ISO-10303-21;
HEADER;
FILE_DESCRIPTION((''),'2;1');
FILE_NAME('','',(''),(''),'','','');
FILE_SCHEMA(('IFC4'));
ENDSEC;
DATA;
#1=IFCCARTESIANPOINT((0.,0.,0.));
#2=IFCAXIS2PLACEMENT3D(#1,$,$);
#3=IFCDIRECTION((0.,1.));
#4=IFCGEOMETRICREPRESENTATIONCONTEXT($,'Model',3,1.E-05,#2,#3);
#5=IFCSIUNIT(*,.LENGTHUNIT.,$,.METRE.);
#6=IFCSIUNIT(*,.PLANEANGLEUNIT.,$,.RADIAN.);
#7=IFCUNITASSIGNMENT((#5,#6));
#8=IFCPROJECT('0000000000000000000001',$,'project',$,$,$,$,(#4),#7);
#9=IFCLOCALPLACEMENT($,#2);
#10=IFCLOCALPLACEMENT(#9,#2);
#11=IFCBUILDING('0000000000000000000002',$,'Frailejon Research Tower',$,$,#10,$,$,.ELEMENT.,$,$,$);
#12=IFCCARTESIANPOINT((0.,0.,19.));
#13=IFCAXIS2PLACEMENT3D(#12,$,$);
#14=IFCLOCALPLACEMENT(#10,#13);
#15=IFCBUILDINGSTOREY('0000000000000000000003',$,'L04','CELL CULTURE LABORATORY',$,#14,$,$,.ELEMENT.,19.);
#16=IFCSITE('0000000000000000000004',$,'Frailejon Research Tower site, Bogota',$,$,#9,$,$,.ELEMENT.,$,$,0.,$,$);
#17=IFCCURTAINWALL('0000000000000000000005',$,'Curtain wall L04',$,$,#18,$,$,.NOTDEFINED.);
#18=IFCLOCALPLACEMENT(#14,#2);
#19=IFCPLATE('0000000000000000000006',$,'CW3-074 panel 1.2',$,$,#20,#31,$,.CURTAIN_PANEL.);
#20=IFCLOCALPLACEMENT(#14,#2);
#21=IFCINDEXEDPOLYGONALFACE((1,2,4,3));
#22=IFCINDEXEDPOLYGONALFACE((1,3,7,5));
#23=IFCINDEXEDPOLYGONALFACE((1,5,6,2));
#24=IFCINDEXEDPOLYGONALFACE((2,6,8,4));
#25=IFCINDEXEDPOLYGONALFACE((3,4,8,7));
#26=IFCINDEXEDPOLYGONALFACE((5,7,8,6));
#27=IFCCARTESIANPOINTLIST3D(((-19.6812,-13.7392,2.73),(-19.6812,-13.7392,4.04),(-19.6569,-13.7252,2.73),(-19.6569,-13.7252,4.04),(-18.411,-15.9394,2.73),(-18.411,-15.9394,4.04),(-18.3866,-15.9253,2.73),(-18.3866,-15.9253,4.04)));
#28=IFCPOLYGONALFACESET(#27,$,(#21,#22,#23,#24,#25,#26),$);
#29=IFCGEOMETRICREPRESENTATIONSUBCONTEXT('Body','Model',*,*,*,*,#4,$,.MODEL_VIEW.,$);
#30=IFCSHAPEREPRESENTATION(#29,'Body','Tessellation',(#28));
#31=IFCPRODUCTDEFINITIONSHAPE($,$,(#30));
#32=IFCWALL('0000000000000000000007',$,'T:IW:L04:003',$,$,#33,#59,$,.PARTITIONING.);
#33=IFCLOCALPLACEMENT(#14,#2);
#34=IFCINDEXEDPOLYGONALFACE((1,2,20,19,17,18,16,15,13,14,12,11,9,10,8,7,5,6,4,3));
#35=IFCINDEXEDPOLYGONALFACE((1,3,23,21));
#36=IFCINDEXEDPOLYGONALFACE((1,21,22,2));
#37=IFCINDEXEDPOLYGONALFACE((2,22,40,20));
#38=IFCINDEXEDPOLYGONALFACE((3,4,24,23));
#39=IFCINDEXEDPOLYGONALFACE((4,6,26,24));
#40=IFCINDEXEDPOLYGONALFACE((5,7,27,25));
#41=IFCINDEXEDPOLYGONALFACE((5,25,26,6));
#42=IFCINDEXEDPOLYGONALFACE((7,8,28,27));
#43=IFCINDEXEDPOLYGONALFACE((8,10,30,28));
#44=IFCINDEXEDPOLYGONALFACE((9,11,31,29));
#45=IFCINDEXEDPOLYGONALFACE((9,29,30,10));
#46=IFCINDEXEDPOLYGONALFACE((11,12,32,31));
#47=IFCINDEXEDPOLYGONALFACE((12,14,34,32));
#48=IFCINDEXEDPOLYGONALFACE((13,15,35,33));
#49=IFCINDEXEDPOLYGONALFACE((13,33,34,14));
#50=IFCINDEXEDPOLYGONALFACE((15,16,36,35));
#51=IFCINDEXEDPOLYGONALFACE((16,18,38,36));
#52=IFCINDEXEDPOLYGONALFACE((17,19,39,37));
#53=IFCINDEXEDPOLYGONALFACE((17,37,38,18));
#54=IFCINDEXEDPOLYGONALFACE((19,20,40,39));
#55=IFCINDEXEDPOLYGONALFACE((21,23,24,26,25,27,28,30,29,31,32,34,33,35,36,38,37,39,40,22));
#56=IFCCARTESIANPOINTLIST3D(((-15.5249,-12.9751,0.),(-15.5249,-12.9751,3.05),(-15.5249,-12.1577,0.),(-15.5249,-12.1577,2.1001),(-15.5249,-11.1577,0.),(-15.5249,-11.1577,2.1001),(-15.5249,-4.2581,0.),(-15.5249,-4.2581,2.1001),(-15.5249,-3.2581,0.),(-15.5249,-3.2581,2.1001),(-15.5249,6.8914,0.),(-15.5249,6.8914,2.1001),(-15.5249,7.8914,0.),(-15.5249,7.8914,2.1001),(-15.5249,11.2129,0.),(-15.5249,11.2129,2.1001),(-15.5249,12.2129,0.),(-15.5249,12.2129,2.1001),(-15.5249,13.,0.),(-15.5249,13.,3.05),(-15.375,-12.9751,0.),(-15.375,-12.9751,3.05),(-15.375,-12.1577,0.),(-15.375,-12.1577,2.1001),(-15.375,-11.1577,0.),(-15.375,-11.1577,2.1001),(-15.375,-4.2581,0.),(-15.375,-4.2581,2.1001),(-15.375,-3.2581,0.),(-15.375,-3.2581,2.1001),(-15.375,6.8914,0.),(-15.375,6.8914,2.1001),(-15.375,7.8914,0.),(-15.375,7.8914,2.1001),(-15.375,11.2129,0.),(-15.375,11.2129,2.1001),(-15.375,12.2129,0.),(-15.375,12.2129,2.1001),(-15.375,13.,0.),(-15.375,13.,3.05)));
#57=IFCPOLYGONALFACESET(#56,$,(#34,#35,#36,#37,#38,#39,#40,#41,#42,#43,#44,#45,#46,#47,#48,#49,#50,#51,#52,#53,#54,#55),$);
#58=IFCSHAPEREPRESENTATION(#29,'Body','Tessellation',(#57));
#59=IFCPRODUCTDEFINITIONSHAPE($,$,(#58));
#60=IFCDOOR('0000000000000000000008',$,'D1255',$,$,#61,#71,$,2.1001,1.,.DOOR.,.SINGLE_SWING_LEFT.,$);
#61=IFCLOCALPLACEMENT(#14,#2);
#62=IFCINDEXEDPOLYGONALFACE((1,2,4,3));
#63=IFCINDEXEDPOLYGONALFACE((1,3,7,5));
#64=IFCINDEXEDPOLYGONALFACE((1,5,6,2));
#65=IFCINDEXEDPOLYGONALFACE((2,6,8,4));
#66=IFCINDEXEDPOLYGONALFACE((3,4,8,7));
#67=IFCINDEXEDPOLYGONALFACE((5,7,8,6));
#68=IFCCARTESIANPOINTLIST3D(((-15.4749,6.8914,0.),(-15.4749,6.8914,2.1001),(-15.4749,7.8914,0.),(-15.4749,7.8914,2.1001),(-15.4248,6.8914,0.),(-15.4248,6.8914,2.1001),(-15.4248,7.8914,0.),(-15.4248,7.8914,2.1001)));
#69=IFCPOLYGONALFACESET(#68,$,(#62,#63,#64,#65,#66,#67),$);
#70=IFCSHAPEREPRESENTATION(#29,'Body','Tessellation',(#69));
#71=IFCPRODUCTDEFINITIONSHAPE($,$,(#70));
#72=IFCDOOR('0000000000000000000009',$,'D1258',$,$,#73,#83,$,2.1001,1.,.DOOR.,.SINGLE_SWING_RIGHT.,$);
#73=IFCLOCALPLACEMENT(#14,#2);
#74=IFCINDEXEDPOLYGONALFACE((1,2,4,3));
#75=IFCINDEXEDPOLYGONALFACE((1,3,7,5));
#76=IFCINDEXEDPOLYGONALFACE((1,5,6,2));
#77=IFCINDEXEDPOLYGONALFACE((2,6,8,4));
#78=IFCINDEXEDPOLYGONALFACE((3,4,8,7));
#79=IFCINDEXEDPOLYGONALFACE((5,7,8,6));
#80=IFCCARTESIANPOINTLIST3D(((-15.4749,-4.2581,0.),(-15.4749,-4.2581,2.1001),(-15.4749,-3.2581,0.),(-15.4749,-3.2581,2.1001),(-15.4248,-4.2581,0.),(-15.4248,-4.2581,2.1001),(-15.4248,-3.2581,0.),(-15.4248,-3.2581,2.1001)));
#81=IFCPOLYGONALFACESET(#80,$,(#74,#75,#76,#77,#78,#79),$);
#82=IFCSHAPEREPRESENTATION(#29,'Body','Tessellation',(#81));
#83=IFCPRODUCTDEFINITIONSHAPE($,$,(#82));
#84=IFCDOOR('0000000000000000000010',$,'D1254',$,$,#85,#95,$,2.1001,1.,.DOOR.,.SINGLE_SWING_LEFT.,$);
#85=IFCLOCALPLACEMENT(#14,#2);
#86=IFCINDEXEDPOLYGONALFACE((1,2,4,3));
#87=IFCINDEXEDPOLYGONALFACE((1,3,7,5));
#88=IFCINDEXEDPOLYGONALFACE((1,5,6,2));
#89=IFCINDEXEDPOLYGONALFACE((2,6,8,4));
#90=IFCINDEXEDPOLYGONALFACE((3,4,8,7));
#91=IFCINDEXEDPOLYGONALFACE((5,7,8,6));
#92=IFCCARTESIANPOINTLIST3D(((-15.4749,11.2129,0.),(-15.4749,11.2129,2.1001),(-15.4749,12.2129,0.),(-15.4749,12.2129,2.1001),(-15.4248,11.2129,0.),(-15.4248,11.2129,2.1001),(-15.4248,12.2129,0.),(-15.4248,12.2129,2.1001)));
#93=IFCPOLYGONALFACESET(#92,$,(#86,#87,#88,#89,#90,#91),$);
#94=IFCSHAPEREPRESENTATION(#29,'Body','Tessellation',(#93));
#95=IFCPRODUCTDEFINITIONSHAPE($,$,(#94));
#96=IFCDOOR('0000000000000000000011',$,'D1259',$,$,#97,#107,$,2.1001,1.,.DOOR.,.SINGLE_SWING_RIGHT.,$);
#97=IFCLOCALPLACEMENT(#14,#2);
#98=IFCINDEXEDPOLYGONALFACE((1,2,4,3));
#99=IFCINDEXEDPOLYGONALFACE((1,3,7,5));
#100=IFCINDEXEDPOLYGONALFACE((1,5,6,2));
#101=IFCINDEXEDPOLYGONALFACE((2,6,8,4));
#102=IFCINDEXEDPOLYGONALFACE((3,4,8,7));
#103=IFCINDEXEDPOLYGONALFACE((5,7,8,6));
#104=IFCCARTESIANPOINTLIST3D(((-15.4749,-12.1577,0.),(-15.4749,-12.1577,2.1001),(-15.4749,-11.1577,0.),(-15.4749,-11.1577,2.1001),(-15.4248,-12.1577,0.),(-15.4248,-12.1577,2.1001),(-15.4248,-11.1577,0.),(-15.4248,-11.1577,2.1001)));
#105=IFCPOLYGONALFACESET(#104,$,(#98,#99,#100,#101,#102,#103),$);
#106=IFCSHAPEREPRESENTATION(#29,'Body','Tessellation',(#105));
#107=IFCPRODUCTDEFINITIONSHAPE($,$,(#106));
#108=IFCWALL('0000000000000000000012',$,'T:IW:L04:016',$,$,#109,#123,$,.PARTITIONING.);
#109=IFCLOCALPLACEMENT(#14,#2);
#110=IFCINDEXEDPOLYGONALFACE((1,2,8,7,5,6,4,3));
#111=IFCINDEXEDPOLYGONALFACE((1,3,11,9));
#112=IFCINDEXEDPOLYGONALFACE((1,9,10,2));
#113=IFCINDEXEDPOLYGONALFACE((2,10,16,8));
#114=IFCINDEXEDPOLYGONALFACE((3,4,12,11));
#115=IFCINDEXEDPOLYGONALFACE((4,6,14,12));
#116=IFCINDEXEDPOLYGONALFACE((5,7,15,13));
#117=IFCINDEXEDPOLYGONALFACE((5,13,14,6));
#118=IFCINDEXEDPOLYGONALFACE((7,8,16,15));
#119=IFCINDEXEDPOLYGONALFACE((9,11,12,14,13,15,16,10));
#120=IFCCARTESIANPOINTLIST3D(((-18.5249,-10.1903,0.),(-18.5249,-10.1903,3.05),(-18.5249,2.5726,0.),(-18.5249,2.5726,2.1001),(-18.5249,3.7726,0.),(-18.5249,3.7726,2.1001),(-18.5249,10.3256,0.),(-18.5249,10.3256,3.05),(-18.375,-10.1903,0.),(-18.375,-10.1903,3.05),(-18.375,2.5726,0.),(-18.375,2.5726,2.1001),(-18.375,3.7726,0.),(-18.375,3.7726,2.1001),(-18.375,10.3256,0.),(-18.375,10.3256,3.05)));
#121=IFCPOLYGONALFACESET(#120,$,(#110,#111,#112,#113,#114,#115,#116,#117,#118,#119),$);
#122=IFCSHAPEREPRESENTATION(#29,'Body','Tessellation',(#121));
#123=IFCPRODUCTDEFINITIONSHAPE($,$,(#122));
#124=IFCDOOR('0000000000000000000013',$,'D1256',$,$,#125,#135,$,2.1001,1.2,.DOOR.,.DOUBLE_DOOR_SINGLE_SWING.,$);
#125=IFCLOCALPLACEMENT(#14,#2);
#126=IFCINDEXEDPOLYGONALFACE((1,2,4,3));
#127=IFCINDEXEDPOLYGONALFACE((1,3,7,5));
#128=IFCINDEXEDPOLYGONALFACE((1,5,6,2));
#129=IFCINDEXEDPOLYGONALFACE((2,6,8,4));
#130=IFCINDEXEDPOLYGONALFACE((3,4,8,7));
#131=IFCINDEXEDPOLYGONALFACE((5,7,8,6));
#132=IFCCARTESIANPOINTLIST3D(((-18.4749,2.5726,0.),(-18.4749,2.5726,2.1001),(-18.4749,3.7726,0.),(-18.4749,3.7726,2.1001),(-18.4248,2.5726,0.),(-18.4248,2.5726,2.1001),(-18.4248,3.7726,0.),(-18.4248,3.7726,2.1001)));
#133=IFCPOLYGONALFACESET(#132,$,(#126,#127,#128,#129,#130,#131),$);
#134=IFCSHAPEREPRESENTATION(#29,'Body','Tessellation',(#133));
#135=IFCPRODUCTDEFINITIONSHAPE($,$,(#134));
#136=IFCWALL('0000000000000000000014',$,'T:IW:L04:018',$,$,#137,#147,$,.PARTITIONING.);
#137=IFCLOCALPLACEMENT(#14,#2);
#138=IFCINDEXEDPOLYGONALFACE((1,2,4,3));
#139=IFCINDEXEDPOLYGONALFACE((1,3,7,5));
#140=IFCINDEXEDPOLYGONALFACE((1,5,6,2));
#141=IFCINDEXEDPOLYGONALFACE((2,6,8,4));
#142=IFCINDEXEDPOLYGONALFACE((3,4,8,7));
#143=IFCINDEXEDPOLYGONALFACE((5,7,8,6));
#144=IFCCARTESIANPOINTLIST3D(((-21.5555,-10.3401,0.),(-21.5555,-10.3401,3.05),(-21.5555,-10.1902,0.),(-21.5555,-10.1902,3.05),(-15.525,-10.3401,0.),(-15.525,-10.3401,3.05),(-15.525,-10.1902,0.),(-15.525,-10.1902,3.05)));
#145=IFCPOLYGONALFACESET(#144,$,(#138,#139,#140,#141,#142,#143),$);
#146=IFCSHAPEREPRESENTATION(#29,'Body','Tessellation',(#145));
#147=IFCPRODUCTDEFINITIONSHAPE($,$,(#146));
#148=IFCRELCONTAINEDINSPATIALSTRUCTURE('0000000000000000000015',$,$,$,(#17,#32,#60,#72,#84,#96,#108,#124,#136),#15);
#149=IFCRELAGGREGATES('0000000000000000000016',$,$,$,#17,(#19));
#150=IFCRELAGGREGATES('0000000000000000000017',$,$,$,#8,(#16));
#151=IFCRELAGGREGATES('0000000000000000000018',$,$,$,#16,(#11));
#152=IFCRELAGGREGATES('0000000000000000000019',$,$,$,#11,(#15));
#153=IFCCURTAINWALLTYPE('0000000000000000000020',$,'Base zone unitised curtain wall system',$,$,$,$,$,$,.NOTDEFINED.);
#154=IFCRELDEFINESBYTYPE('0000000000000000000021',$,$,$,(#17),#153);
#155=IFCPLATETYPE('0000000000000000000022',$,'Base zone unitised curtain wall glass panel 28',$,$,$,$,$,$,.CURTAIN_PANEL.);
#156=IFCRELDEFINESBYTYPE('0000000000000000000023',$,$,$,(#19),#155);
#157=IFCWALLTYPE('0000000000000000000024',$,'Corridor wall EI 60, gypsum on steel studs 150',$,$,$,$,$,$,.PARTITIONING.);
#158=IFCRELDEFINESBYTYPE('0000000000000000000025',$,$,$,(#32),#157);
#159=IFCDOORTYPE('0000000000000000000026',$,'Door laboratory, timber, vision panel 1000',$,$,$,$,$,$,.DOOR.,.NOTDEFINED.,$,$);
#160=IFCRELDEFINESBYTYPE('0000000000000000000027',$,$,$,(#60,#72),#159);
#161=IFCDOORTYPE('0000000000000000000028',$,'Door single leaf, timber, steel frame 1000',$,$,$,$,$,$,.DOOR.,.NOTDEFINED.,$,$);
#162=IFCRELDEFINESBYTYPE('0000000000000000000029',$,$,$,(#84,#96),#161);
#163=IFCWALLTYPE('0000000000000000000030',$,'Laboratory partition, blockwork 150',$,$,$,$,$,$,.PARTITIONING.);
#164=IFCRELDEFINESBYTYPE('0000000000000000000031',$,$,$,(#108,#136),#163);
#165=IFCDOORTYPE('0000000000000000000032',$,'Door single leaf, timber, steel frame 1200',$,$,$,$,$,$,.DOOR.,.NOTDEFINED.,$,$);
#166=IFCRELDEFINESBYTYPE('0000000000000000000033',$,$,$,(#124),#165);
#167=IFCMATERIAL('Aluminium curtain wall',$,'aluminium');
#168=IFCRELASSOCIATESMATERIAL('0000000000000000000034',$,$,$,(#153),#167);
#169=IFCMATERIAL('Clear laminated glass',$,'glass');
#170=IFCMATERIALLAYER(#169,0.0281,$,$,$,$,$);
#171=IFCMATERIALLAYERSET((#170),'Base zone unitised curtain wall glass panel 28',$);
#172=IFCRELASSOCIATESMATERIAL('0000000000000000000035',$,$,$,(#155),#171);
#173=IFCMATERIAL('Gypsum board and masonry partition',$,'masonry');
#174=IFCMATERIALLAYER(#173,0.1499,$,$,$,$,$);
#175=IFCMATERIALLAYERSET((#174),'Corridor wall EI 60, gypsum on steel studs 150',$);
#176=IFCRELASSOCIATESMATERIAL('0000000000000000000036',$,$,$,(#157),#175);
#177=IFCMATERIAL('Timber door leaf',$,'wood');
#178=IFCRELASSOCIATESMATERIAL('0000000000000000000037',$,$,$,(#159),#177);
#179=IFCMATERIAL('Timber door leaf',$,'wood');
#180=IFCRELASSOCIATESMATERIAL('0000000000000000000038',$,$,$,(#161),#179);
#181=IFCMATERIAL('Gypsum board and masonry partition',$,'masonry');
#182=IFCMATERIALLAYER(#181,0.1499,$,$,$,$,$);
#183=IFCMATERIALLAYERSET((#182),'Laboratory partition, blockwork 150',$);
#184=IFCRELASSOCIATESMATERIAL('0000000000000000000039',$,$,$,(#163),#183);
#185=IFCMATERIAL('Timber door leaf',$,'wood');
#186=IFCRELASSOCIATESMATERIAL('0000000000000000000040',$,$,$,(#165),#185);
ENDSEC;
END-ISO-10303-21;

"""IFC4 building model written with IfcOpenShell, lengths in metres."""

from ifc_helpers import new_model, si_unit, direction, frame, frame_2d, origin, origin_2d, place, context, subcontext, project, spatial, rectangle, extrude, material, layer, layer_set, type_object, element, fill, aggregate, save


model = new_model("IFC4")

# Units and contexts
model_context = context("Model", 3, precision=1e-05, world=origin(), true_north=direction((0.0, 1.0)))
body_context = subcontext(model_context, "Body", "Model", "MODEL_VIEW")
ifc_project = project(units=[si_unit("LENGTHUNIT", "METRE"), si_unit("PLANEANGLEUNIT", "RADIAN")], contexts=[model_context])

# Site, building, storey
site_placement = place(None, origin())
site = spatial("IfcSite", under=ifc_project, at=site_placement, Name="Frailejon Research Tower site, Bogota", CompositionType="ELEMENT", RefElevation=0.0)
building_placement = place(site_placement, origin())
building = spatial("IfcBuilding", under=site, at=building_placement, Name="Frailejon Research Tower", CompositionType="ELEMENT")
storey_placement = place(building_placement, frame((0.0, 0.0, 19.0)))
storey = spatial("IfcBuildingStorey", under=building, at=storey_placement, Name="L04", Description="CELL CULTURE LABORATORY", CompositionType="ELEMENT", Elevation=19.0)

# Shared definitions
ifc_material_1 = material(Name="Aluminium curtain wall", Category="aluminium")
curtain_wall_type = type_object("IfcCurtainWallType", Name="Base zone unitised curtain wall system", PredefinedType="NOTDEFINED", material=ifc_material_1)

# Curtain wall
curtain_wall_1_placement = place(storey_placement, origin())
curtain_wall_1 = element("IfcCurtainWall", 1, at=curtain_wall_1_placement, inside=storey, type_object=curtain_wall_type, Name="Curtain wall L04", PredefinedType="NOTDEFINED")

# Plate
ifc_material_2 = material(Name="Clear laminated glass", Category="glass")
ifc_layer_1 = layer(ifc_material_2, 0.0281)
ifc_layer_set_1 = layer_set([ifc_layer_1], Name="Base zone unitised curtain wall glass panel 28")
plate_type = type_object("IfcPlateType", Name="Base zone unitised curtain wall glass panel 28", PredefinedType="CURTAIN_PANEL", material=ifc_layer_set_1)
plate_1_placement = place(storey_placement, frame((-19.0339, -14.8323, 2.73), z_axis=(0.0, 0.0, 1.0), x_axis=(0.499997, -0.866027, 0.0)))
plate_1 = element("IfcPlate", 2, at=plate_1_placement, type_object=plate_type, Name="CW3-074 panel 1.2", PredefinedType="CURTAIN_PANEL", context=body_context, shape_type="SweptSolid", body=[
    extrude(rectangle(XDim=2.5405, YDim=0.0281, at=origin_2d()), origin(), (0.0, 0.0, 1.0), 1.3101),
])
aggregate(curtain_wall_1, [plate_1])

# Wall, openings, doors
ifc_material_3 = material(Name="Gypsum board and masonry partition", Category="masonry")
ifc_layer_2 = layer(ifc_material_3, 0.1499)
ifc_layer_set_2 = layer_set([ifc_layer_2], Name="Corridor wall EI 60, gypsum on steel studs 150")
wall_type_1 = type_object("IfcWallType", Name="Corridor wall EI 60, gypsum on steel studs 150", PredefinedType="PARTITIONING", material=ifc_layer_set_2)
wall_1_placement = place(storey_placement, frame((-15.45, -12.9751, 0.0), z_axis=(0.0, 0.0, 1.0), x_axis=(0.0, 1.0, 0.0)))
wall_1 = element("IfcWall", 3, at=wall_1_placement, inside=storey, type_object=wall_type_1, Name="T:IW:L04:003", PredefinedType="PARTITIONING", context=body_context, shape_type="SweptSolid", body=[
    extrude(rectangle(XDim=25.9751, YDim=0.1499, at=frame_2d((12.9875, 0.0))), origin(), (0.0, 0.0, 1.0), 3.05),
])
opening_1_placement = place(wall_1_placement, frame((24.188, 0.0, 0.0)))
opening_1 = element("IfcOpeningElement", 4, at=opening_1_placement, cuts=wall_1, PredefinedType="OPENING", context=body_context, shape_type="SweptSolid", body=[
    extrude(rectangle(XDim=1.0, YDim=2.1001, at=frame_2d((0.5, 1.05))), frame((0.0, 0.085, 0.0), z_axis=(0.0, -1.0, 0.0), x_axis=(1.0, 0.0, 0.0)), (0.0, 0.0, 1.0), 0.1699),
])
opening_2_placement = place(wall_1_placement, frame((19.8665, 0.0, 0.0)))
opening_2 = element("IfcOpeningElement", 5, at=opening_2_placement, cuts=wall_1, PredefinedType="OPENING", context=body_context, shape_type="SweptSolid", body=[
    extrude(rectangle(XDim=1.0, YDim=2.1001, at=frame_2d((0.5, 1.05))), frame((0.0, 0.085, 0.0), z_axis=(0.0, -1.0, 0.0), x_axis=(1.0, 0.0, 0.0)), (0.0, 0.0, 1.0), 0.1699),
])
opening_3_placement = place(wall_1_placement, frame((8.717, 0.0, 0.0)))
opening_3 = element("IfcOpeningElement", 6, at=opening_3_placement, cuts=wall_1, PredefinedType="OPENING", context=body_context, shape_type="SweptSolid", body=[
    extrude(rectangle(XDim=1.0, YDim=2.1001, at=frame_2d((0.5, 1.05))), frame((0.0, 0.085, 0.0), z_axis=(0.0, -1.0, 0.0), x_axis=(1.0, 0.0, 0.0)), (0.0, 0.0, 1.0), 0.1699),
])
opening_4_placement = place(wall_1_placement, frame((0.8174, 0.0, 0.0)))
opening_4 = element("IfcOpeningElement", 7, at=opening_4_placement, cuts=wall_1, PredefinedType="OPENING", context=body_context, shape_type="SweptSolid", body=[
    extrude(rectangle(XDim=1.0, YDim=2.1001, at=frame_2d((0.5, 1.05))), frame((0.0, 0.085, 0.0), z_axis=(0.0, -1.0, 0.0), x_axis=(1.0, 0.0, 0.0)), (0.0, 0.0, 1.0), 0.1699),
])
ifc_material_4 = material(Name="Timber door leaf", Category="wood")
door_type_1 = type_object("IfcDoorType", Name="Door laboratory, timber, vision panel 1000", OperationType="NOTDEFINED", PredefinedType="DOOR", material=ifc_material_4)
door_1_placement = place(opening_2_placement, origin())
door_1 = element("IfcDoor", 8, at=door_1_placement, inside=storey, type_object=door_type_1, Name="D1255", OperationType="SINGLE_SWING_LEFT", OverallHeight=2.1001, OverallWidth=1.0, PredefinedType="DOOR", context=body_context, shape_type="SweptSolid", body=[
    extrude(rectangle(XDim=1.0, YDim=2.1001, at=frame_2d((0.5, 1.05))), frame((0.0, 0.0249, 0.0), z_axis=(0.0, -1.0, 0.0), x_axis=(1.0, 0.0, 0.0)), (0.0, 0.0, 1.0), 0.05),
])
fill(opening_2, door_1)
door_2_placement = place(opening_3_placement, origin())
door_2 = element("IfcDoor", 9, at=door_2_placement, inside=storey, type_object=door_type_1, Name="D1258", OperationType="SINGLE_SWING_RIGHT", OverallHeight=2.1001, OverallWidth=1.0, PredefinedType="DOOR", context=body_context, shape_type="SweptSolid", body=[
    extrude(rectangle(XDim=1.0, YDim=2.1001, at=frame_2d((0.5, 1.05))), frame((0.0, 0.0249, 0.0), z_axis=(0.0, -1.0, 0.0), x_axis=(1.0, 0.0, 0.0)), (0.0, 0.0, 1.0), 0.05),
])
fill(opening_3, door_2)
ifc_material_5 = material(Name="Timber door leaf", Category="wood")
door_type_2 = type_object("IfcDoorType", Name="Door single leaf, timber, steel frame 1000", OperationType="NOTDEFINED", PredefinedType="DOOR", material=ifc_material_5)
door_3_placement = place(opening_1_placement, origin())
door_3 = element("IfcDoor", 10, at=door_3_placement, inside=storey, type_object=door_type_2, Name="D1254", OperationType="SINGLE_SWING_LEFT", OverallHeight=2.1001, OverallWidth=1.0, PredefinedType="DOOR", context=body_context, shape_type="SweptSolid", body=[
    extrude(rectangle(XDim=1.0, YDim=2.1001, at=frame_2d((0.5, 1.05))), frame((0.0, 0.0249, 0.0), z_axis=(0.0, -1.0, 0.0), x_axis=(1.0, 0.0, 0.0)), (0.0, 0.0, 1.0), 0.05),
])
fill(opening_1, door_3)
door_4_placement = place(opening_4_placement, origin())
door_4 = element("IfcDoor", 11, at=door_4_placement, inside=storey, type_object=door_type_2, Name="D1259", OperationType="SINGLE_SWING_RIGHT", OverallHeight=2.1001, OverallWidth=1.0, PredefinedType="DOOR", context=body_context, shape_type="SweptSolid", body=[
    extrude(rectangle(XDim=1.0, YDim=2.1001, at=frame_2d((0.5, 1.05))), frame((0.0, 0.0249, 0.0), z_axis=(0.0, -1.0, 0.0), x_axis=(1.0, 0.0, 0.0)), (0.0, 0.0, 1.0), 0.05),
])
fill(opening_4, door_4)

# Wall, opening, door
ifc_material_6 = material(Name="Gypsum board and masonry partition", Category="masonry")
ifc_layer_3 = layer(ifc_material_6, 0.1499)
ifc_layer_set_3 = layer_set([ifc_layer_3], Name="Laboratory partition, blockwork 150")
wall_type_2 = type_object("IfcWallType", Name="Laboratory partition, blockwork 150", PredefinedType="PARTITIONING", material=ifc_layer_set_3)
wall_2_placement = place(storey_placement, frame((-18.45, -10.1902, 0.0), z_axis=(0.0, 0.0, 1.0), x_axis=(0.0, 1.0, 0.0)))
wall_2 = element("IfcWall", 12, at=wall_2_placement, inside=storey, type_object=wall_type_2, Name="T:IW:L04:016", PredefinedType="PARTITIONING", context=body_context, shape_type="SweptSolid", body=[
    extrude(rectangle(XDim=20.5159, YDim=0.1499, at=frame_2d((10.2578, 0.0))), origin(), (0.0, 0.0, 1.0), 3.05),
])
opening_5_placement = place(wall_2_placement, frame((12.7627, 0.0, 0.0)))
opening_5 = element("IfcOpeningElement", 13, at=opening_5_placement, cuts=wall_2, PredefinedType="OPENING", context=body_context, shape_type="SweptSolid", body=[
    extrude(rectangle(XDim=1.2, YDim=2.1001, at=frame_2d((0.6001, 1.05))), frame((0.0, 0.085, 0.0), z_axis=(0.0, -1.0, 0.0), x_axis=(1.0, 0.0, 0.0)), (0.0, 0.0, 1.0), 0.1699),
])
ifc_material_7 = material(Name="Timber door leaf", Category="wood")
door_type_3 = type_object("IfcDoorType", Name="Door single leaf, timber, steel frame 1200", OperationType="NOTDEFINED", PredefinedType="DOOR", material=ifc_material_7)
door_5_placement = place(opening_5_placement, origin())
door_5 = element("IfcDoor", 14, at=door_5_placement, inside=storey, type_object=door_type_3, Name="D1256", OperationType="DOUBLE_DOOR_SINGLE_SWING", OverallHeight=2.1001, OverallWidth=1.2, PredefinedType="DOOR", context=body_context, shape_type="SweptSolid", body=[
    extrude(rectangle(XDim=1.2, YDim=2.1001, at=frame_2d((0.6001, 1.05))), frame((0.0, 0.0249, 0.0), z_axis=(0.0, -1.0, 0.0), x_axis=(1.0, 0.0, 0.0)), (0.0, 0.0, 1.0), 0.05),
])
fill(opening_5, door_5)

# Wall
wall_3_placement = place(storey_placement, frame((-21.5554, -10.2651, 0.0), z_axis=(0.0, 0.0, 1.0), x_axis=(1.0, 0.0, 0.0)))
element("IfcWall", 15, at=wall_3_placement, inside=storey, type_object=wall_type_2, Name="T:IW:L04:018", PredefinedType="PARTITIONING", context=body_context, shape_type="SweptSolid", body=[
    extrude(rectangle(XDim=6.0305, YDim=0.1499, at=frame_2d((3.0151, 0.0))), origin(), (0.0, 0.0, 1.0), 3.05),
])

save(model, "model.ifc")
